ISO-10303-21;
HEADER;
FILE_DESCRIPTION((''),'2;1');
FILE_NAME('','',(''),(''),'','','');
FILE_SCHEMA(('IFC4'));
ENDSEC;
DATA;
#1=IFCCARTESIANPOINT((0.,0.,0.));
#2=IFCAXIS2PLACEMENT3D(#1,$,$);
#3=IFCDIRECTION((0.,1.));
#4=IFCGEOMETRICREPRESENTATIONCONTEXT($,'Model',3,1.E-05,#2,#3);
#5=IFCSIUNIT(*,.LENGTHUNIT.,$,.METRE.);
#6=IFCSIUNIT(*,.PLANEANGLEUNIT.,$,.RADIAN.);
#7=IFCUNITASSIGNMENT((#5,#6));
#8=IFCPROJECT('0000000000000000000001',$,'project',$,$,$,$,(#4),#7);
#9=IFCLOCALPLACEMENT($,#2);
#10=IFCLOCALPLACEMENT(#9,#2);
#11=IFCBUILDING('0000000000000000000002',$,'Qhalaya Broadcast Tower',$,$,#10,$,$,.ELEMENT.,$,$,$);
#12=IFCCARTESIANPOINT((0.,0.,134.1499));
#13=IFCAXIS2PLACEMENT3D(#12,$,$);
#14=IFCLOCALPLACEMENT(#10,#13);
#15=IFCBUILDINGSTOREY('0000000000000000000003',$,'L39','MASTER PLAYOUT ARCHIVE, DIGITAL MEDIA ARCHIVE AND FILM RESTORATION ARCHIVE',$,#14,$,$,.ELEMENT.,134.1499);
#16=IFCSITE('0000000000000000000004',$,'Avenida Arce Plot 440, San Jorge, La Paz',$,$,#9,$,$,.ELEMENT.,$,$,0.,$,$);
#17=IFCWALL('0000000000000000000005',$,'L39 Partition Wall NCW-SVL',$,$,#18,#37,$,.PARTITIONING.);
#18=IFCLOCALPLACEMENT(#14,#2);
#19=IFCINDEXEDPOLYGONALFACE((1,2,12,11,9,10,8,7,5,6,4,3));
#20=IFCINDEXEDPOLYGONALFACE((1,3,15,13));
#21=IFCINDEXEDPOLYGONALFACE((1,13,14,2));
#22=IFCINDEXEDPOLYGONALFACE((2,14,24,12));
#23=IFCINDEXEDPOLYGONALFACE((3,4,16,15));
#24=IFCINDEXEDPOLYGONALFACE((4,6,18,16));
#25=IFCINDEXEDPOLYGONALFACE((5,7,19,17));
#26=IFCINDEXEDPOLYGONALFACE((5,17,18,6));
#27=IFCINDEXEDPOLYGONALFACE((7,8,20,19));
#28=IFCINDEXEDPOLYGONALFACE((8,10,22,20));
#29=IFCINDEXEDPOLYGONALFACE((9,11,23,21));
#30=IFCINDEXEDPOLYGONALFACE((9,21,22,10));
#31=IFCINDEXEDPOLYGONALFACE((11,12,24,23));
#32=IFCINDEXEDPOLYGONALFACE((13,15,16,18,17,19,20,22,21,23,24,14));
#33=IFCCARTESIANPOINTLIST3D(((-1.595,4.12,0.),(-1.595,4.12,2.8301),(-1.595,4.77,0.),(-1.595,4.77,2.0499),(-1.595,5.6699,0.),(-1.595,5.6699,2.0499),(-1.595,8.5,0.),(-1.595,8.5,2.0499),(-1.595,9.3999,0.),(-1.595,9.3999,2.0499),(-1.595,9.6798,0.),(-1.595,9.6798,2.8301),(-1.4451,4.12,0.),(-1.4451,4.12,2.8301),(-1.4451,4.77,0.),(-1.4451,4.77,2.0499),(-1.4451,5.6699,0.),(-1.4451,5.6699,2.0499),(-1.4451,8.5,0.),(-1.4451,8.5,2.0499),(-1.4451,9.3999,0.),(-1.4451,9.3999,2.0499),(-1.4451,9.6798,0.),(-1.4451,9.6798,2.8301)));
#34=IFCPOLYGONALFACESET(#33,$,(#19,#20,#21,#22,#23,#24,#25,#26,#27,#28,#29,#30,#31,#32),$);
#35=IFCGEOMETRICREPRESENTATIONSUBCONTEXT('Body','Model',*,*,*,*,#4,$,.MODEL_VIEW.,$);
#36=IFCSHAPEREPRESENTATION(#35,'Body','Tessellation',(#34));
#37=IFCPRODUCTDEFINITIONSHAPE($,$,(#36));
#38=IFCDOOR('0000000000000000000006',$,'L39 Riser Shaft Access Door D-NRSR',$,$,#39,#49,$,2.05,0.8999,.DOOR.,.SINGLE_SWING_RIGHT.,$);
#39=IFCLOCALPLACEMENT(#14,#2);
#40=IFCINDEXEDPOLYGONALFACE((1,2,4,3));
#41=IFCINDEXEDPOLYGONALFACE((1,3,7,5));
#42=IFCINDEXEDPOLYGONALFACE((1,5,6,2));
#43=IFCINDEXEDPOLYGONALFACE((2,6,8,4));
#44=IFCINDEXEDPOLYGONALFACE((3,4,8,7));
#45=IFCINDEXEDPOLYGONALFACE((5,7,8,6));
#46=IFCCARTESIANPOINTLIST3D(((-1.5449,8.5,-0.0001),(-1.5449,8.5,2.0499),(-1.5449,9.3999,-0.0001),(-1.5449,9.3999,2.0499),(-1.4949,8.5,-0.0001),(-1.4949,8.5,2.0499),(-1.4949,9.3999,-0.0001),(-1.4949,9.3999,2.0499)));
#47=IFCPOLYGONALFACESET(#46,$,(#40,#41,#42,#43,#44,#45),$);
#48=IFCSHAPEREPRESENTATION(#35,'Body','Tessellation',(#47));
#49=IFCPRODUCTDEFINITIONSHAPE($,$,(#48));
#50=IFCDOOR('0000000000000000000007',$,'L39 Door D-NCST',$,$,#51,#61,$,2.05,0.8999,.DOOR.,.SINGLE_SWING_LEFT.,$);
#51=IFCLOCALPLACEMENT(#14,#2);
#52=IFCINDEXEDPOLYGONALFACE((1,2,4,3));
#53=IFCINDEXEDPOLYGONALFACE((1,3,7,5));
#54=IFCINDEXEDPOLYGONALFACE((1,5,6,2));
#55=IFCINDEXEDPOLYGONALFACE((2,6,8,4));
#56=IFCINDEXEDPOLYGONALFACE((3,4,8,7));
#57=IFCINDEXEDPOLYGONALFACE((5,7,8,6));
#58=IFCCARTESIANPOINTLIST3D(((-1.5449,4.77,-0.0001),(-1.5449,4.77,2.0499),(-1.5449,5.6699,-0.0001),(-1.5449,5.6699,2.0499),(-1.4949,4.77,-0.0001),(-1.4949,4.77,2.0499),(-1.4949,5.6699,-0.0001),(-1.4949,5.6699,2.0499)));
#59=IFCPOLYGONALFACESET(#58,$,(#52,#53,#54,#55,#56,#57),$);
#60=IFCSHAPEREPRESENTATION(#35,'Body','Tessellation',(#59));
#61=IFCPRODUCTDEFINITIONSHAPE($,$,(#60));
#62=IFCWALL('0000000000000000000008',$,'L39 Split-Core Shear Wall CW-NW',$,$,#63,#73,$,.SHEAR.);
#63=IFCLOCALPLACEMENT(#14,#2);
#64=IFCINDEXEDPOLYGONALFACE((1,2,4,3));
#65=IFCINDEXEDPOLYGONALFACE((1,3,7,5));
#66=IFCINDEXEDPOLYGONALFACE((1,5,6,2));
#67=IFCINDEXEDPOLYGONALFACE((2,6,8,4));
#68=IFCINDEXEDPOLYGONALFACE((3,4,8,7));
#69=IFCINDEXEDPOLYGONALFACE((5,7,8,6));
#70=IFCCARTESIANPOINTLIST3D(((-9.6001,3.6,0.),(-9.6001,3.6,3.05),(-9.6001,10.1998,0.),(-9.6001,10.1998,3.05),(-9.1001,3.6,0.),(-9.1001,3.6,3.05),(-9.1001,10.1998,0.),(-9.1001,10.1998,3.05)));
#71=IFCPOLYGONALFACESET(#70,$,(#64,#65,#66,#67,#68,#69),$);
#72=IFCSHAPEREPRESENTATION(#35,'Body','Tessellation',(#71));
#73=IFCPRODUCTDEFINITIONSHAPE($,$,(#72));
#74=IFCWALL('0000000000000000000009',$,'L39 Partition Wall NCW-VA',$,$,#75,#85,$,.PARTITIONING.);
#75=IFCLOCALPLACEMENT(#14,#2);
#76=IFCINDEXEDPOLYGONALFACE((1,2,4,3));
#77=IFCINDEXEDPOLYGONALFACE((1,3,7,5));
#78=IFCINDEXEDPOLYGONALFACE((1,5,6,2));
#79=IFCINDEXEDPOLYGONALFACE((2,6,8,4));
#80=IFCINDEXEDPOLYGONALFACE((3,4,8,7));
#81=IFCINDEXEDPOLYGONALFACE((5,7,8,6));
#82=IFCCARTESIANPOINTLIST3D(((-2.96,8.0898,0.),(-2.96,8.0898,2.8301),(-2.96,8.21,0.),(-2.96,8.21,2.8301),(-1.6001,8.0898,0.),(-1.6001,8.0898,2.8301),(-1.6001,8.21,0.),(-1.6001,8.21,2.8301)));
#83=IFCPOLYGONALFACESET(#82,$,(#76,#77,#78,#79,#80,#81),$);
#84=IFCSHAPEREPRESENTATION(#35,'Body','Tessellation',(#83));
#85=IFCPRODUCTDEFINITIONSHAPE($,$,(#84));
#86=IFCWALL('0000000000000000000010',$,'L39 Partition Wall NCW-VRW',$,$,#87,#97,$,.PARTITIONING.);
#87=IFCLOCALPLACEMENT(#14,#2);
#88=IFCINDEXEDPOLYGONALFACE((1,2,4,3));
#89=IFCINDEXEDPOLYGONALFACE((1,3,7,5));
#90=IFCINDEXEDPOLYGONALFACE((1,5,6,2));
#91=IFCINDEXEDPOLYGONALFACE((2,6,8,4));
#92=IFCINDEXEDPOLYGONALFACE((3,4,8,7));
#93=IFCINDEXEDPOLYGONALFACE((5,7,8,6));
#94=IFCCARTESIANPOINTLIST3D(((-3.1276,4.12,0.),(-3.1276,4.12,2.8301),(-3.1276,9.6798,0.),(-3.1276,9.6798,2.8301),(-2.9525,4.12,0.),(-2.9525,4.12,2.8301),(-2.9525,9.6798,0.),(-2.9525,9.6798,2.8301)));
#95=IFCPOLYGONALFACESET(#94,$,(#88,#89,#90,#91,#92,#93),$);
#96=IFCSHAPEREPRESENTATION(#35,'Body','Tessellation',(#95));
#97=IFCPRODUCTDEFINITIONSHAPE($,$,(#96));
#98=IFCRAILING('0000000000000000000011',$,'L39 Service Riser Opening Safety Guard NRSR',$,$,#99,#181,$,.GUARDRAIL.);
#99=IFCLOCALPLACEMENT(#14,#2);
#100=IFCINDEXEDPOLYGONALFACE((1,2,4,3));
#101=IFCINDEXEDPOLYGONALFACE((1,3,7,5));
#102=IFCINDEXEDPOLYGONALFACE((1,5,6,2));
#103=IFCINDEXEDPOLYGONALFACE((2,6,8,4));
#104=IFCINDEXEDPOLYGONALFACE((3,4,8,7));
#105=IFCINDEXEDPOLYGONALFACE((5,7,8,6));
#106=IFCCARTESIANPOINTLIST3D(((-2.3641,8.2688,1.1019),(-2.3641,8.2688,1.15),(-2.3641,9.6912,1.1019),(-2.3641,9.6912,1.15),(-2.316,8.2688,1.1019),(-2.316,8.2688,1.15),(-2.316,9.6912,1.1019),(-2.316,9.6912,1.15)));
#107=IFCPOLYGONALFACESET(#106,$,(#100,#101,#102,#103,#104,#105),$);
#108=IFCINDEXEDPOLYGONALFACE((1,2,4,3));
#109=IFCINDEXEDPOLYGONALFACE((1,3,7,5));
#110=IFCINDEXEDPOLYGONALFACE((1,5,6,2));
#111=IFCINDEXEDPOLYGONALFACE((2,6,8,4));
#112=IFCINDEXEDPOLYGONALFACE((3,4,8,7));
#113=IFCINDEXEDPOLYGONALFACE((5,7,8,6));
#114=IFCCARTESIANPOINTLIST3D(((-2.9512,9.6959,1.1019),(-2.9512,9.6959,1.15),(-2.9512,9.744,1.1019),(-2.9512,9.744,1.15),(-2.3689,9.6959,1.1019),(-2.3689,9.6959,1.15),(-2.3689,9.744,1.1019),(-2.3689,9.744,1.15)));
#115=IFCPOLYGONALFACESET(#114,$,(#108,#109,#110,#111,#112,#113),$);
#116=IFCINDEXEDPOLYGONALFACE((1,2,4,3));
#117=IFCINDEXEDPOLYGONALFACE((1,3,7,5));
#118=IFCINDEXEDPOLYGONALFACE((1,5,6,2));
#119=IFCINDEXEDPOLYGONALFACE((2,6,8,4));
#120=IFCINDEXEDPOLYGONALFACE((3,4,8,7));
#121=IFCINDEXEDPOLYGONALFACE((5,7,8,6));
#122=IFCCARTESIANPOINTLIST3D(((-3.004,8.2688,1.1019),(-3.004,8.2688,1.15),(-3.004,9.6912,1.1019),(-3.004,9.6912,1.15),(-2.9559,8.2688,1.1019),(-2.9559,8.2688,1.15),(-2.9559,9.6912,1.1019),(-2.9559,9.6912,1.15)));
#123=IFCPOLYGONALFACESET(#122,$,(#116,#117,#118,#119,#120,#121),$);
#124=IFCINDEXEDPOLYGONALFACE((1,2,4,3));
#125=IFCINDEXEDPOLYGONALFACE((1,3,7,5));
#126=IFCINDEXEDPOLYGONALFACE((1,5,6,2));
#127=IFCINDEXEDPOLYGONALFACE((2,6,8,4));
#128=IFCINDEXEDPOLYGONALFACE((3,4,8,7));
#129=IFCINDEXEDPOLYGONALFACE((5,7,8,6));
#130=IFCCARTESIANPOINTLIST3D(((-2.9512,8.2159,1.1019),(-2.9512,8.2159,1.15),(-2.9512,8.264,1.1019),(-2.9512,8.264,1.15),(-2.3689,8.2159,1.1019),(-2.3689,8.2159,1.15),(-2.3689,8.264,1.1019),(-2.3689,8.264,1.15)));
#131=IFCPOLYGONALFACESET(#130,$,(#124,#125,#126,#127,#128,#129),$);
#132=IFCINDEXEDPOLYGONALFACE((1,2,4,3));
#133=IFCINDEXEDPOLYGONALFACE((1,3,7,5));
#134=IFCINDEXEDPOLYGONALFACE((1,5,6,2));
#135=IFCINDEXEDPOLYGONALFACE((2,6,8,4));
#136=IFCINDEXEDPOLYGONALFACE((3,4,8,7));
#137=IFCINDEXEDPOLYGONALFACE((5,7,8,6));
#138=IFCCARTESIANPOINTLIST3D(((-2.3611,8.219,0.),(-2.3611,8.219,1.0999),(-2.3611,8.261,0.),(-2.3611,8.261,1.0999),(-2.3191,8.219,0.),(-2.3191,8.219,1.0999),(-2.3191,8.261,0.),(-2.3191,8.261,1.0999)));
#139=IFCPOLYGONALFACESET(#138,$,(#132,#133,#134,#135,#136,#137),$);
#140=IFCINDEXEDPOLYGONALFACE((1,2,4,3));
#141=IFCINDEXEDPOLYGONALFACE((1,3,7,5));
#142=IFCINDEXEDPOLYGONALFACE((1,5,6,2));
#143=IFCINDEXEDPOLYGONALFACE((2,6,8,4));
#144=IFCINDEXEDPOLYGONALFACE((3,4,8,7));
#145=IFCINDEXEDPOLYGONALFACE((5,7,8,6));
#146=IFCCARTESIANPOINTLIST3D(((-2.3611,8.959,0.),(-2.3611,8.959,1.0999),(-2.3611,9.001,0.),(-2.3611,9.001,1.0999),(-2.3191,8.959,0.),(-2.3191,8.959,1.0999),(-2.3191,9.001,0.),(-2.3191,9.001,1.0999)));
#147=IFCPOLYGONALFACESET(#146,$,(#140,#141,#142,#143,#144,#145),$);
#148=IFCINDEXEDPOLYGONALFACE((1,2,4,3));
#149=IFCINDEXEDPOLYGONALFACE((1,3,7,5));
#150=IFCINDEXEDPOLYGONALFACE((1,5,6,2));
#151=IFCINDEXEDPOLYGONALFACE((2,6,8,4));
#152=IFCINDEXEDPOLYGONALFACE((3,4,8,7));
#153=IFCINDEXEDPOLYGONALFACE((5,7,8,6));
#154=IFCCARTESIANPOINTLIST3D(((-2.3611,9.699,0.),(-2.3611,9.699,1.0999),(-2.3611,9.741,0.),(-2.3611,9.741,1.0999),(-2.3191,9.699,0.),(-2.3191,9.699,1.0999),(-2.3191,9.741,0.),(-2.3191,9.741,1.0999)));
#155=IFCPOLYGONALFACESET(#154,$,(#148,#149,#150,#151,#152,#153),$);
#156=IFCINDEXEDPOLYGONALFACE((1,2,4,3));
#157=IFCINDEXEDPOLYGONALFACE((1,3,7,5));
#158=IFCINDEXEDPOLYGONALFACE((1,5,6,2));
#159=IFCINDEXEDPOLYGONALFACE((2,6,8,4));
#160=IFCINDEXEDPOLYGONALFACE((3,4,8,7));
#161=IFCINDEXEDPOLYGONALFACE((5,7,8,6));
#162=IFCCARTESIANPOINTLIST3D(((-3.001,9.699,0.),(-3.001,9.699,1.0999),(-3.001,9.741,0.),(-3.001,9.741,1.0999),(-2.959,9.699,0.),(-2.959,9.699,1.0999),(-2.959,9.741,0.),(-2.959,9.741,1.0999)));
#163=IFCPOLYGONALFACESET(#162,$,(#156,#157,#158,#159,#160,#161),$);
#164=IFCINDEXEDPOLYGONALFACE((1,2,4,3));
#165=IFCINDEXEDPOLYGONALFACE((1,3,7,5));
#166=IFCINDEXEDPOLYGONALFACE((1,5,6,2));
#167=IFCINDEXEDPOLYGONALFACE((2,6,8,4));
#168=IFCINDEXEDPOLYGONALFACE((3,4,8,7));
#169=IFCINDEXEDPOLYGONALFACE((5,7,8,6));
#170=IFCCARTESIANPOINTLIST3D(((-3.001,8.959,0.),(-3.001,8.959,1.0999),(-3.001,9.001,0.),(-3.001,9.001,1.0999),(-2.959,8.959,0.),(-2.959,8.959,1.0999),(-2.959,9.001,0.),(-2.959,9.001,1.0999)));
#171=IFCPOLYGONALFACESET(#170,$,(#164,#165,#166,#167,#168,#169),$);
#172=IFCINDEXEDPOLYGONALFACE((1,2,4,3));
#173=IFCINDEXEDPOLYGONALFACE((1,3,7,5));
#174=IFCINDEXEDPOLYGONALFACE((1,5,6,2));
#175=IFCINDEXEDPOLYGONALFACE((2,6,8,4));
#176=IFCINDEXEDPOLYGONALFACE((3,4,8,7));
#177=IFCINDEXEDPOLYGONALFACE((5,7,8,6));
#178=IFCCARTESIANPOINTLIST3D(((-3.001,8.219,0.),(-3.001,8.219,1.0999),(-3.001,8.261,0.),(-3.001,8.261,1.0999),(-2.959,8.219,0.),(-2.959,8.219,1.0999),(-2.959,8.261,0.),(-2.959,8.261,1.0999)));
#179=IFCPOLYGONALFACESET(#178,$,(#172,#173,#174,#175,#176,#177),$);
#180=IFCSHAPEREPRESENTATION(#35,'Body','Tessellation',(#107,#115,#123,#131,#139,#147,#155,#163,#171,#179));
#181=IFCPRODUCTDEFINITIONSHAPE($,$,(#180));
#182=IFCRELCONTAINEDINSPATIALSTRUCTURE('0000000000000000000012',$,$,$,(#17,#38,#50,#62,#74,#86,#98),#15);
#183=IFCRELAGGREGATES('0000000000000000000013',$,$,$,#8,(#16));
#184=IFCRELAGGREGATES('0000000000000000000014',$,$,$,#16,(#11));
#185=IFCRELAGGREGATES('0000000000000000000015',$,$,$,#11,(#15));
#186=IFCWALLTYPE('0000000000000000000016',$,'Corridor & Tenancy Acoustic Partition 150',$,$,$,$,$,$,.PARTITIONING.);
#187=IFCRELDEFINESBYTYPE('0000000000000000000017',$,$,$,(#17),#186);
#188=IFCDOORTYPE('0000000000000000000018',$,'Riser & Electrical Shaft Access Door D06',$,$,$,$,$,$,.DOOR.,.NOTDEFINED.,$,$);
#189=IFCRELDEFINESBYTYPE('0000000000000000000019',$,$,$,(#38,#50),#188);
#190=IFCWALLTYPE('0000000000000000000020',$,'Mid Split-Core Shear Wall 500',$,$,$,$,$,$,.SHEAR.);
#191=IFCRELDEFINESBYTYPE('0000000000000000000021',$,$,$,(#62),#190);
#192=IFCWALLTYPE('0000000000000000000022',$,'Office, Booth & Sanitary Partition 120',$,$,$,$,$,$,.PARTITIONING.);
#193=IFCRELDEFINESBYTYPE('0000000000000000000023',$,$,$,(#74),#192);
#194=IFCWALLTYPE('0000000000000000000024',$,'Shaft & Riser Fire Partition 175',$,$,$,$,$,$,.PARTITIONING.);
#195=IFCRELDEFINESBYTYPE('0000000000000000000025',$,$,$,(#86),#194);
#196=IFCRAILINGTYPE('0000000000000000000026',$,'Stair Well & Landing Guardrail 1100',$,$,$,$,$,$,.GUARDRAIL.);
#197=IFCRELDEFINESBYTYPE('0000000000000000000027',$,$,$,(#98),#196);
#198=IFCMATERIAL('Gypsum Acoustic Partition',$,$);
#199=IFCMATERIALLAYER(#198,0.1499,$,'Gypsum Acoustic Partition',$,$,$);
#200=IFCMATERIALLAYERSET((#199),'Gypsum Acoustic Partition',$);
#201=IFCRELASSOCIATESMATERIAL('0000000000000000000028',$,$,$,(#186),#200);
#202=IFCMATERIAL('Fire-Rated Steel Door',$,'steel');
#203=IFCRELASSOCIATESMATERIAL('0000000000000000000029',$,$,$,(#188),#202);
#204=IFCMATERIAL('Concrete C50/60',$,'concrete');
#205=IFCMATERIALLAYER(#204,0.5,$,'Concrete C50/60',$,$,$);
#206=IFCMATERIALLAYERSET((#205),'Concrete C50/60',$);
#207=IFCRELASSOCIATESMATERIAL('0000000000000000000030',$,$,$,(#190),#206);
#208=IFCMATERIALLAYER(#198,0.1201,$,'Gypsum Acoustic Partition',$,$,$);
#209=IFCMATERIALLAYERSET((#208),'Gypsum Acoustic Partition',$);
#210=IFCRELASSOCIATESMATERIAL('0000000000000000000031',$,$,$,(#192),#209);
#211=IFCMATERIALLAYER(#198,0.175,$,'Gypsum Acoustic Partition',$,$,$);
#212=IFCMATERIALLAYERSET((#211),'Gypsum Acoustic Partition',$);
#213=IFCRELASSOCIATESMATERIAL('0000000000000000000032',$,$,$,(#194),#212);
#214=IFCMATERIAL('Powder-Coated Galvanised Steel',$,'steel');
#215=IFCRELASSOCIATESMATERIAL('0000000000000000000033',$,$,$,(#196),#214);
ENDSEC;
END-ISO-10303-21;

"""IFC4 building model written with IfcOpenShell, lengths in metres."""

from ifc_helpers import new_model, si_unit, direction, frame, frame_2d, origin, origin_2d, place, context, subcontext, project, spatial, rectangle, extrude, material, layer, layer_set, type_object, element, fill, save


model = new_model("IFC4")

# Units and contexts
model_context = context("Model", 3, precision=1e-05, world=origin(), true_north=direction((0.0, 1.0)))
body_context = subcontext(model_context, "Body", "Model", "MODEL_VIEW")
ifc_project = project(units=[si_unit("LENGTHUNIT", "METRE"), si_unit("PLANEANGLEUNIT", "RADIAN")], contexts=[model_context])

# Site, building, storey
site_placement = place(None, origin())
site = spatial("IfcSite", under=ifc_project, at=site_placement, Name="Avenida Arce Plot 440, San Jorge, La Paz", CompositionType="ELEMENT", RefElevation=0.0)
building_placement = place(site_placement, origin())
building = spatial("IfcBuilding", under=site, at=building_placement, Name="Qhalaya Broadcast Tower", CompositionType="ELEMENT")
storey_placement = place(building_placement, frame((0.0, 0.0, 134.1499)))
storey = spatial("IfcBuildingStorey", under=building, at=storey_placement, Name="L39", Description="MASTER PLAYOUT ARCHIVE, DIGITAL MEDIA ARCHIVE AND FILM RESTORATION ARCHIVE", CompositionType="ELEMENT", Elevation=134.1499)

# Shared definitions
ifc_material_1 = material(Name="Concrete C50/60", Category="concrete")

# Wall, openings, doors
ifc_material_2 = material(Name="Gypsum Acoustic Partition")
ifc_layer_1 = layer(ifc_material_2, 0.1499, Name="Gypsum Acoustic Partition")
ifc_layer_set_1 = layer_set([ifc_layer_1], Name="Gypsum Acoustic Partition")
wall_type_1 = type_object("IfcWallType", Name="Corridor & Tenancy Acoustic Partition 150", PredefinedType="PARTITIONING", material=ifc_layer_set_1)
wall_1_placement = place(storey_placement, frame((-1.52, 4.1201, 0.0), z_axis=(0.0, 0.0, 1.0), x_axis=(0.0, 1.0, 0.0)))
wall_1 = element("IfcWall", 1, at=wall_1_placement, inside=storey, type_object=wall_type_1, Name="L39 Partition Wall NCW-SVL", PredefinedType="PARTITIONING", context=body_context, shape_type="SweptSolid", body=[
    extrude(rectangle(XDim=5.5598, YDim=0.1499, at=frame_2d((2.7798, 0.0))), origin(), (0.0, 0.0, 1.0), 2.8301),
])
opening_1_placement = place(wall_1_placement, frame((4.3799, 0.0, 0.0)))
opening_1 = element("IfcOpeningElement", 2, at=opening_1_placement, cuts=wall_1, PredefinedType="OPENING", context=body_context, shape_type="SweptSolid", body=[
    extrude(rectangle(XDim=0.8999, YDim=2.05, at=frame_2d((0.45, 1.0249))), frame((0.0, 0.0869, 0.0), z_axis=(0.0, -1.0, 0.0), x_axis=(1.0, 0.0, 0.0)), (0.0, 0.0, 1.0), 0.1738),
])
opening_2_placement = place(wall_1_placement, frame((0.6499, 0.0, 0.0)))
opening_2 = element("IfcOpeningElement", 3, at=opening_2_placement, cuts=wall_1, PredefinedType="OPENING", context=body_context, shape_type="SweptSolid", body=[
    extrude(rectangle(XDim=0.8999, YDim=2.05, at=frame_2d((0.45, 1.0249))), frame((0.0, 0.0869, 0.0), z_axis=(0.0, -1.0, 0.0), x_axis=(1.0, 0.0, 0.0)), (0.0, 0.0, 1.0), 0.1738),
])
ifc_material_3 = material(Name="Fire-Rated Steel Door", Category="steel")
door_type_1 = type_object("IfcDoorType", Name="Riser & Electrical Shaft Access Door D06", OperationType="NOTDEFINED", PredefinedType="DOOR", material=ifc_material_3)
door_1_placement = place(opening_1_placement, origin())
door_1 = element("IfcDoor", 4, at=door_1_placement, inside=storey, type_object=door_type_1, Name="L39 Riser Shaft Access Door D-NRSR", OperationType="SINGLE_SWING_RIGHT", OverallHeight=2.05, OverallWidth=0.8999, PredefinedType="DOOR", context=body_context, shape_type="SweptSolid", body=[
    extrude(rectangle(XDim=0.8999, YDim=2.05, at=frame_2d((0.45, 1.0249))), frame((0.0, 0.0249, 0.0), z_axis=(0.0, -1.0, 0.0), x_axis=(1.0, 0.0, 0.0)), (0.0, 0.0, 1.0), 0.05),
])
fill(opening_1, door_1)
door_2_placement = place(opening_2_placement, origin())
door_2 = element("IfcDoor", 5, at=door_2_placement, inside=storey, type_object=door_type_1, Name="L39 Door D-NCST", OperationType="SINGLE_SWING_LEFT", OverallHeight=2.05, OverallWidth=0.8999, PredefinedType="DOOR", context=body_context, shape_type="SweptSolid", body=[
    extrude(rectangle(XDim=0.8999, YDim=2.05, at=frame_2d((0.45, 1.0249))), frame((0.0, 0.0249, 0.0), z_axis=(0.0, -1.0, 0.0), x_axis=(1.0, 0.0, 0.0)), (0.0, 0.0, 1.0), 0.05),
])
fill(opening_2, door_2)

# Walls
ifc_layer_2 = layer(ifc_material_1, 0.5, Name="Concrete C50/60")
ifc_layer_set_2 = layer_set([ifc_layer_2], Name="Concrete C50/60")
wall_type_2 = type_object("IfcWallType", Name="Mid Split-Core Shear Wall 500", PredefinedType="SHEAR", material=ifc_layer_set_2)
wall_2_placement = place(storey_placement, frame((-9.3501, 3.6001, 0.0), z_axis=(0.0, 0.0, 1.0), x_axis=(0.0, 1.0, 0.0)))
element("IfcWall", 6, at=wall_2_placement, inside=storey, type_object=wall_type_2, Name="L39 Split-Core Shear Wall CW-NW", PredefinedType="SHEAR", context=body_context, shape_type="SweptSolid", body=[
    extrude(rectangle(XDim=6.5999, YDim=0.5, at=frame_2d((3.2998, 0.0))), origin(), (0.0, 0.0, 1.0), 3.05),
])
ifc_layer_3 = layer(ifc_material_2, 0.1201, Name="Gypsum Acoustic Partition")
ifc_layer_set_3 = layer_set([ifc_layer_3], Name="Gypsum Acoustic Partition")
wall_type_3 = type_object("IfcWallType", Name="Office, Booth & Sanitary Partition 120", PredefinedType="PARTITIONING", material=ifc_layer_set_3)
wall_3_placement = place(storey_placement, frame((-2.96, 8.1499, 0.0), z_axis=(0.0, 0.0, 1.0), x_axis=(1.0, 0.0, 0.0)))
element("IfcWall", 7, at=wall_3_placement, inside=storey, type_object=wall_type_3, Name="L39 Partition Wall NCW-VA", PredefinedType="PARTITIONING", context=body_context, shape_type="SweptSolid", body=[
    extrude(rectangle(XDim=1.3599, YDim=0.1201, at=frame_2d((0.6799, 0.0))), origin(), (0.0, 0.0, 1.0), 2.8301),
])

# Shared definitions
ifc_layer_4 = layer(ifc_material_2, 0.175, Name="Gypsum Acoustic Partition")
ifc_layer_set_4 = layer_set([ifc_layer_4], Name="Gypsum Acoustic Partition")
wall_type_4 = type_object("IfcWallType", Name="Shaft & Riser Fire Partition 175", PredefinedType="PARTITIONING", material=ifc_layer_set_4)

# Wall
wall_4_placement = place(storey_placement, frame((-3.04, 4.1201, 0.0), z_axis=(0.0, 0.0, 1.0), x_axis=(0.0, 1.0, 0.0)))
element("IfcWall", 8, at=wall_4_placement, inside=storey, type_object=wall_type_4, Name="L39 Partition Wall NCW-VRW", PredefinedType="PARTITIONING", context=body_context, shape_type="SweptSolid", body=[
    extrude(rectangle(XDim=5.5598, YDim=0.175, at=frame_2d((2.7798, 0.0))), origin(), (0.0, 0.0, 1.0), 2.8301),
])

# Railing
ifc_material_4 = material(Name="Powder-Coated Galvanised Steel", Category="steel")
railing_type = type_object("IfcRailingType", Name="Stair Well & Landing Guardrail 1100", PredefinedType="GUARDRAIL", material=ifc_material_4)
railing_placement = place(storey_placement, frame((-2.3401, 8.24, 0.0)))
element("IfcRailing", 9, at=railing_placement, inside=storey, type_object=railing_type, Name="L39 Service Riser Opening Safety Guard NRSR", PredefinedType="GUARDRAIL", context=body_context, shape_type="SweptSolid", body=[
    extrude(rectangle(XDim=0.0481, YDim=0.0481, at=origin_2d()), frame((0.0, 0.0288, 1.126), z_axis=(0.0, 1.0, 0.0), x_axis=(-1.0, 0.0, 0.0)), (0.0, 0.0, 1.0), 1.4224),
    extrude(rectangle(XDim=0.0481, YDim=0.0481, at=origin_2d()), frame((-0.0288, 1.48, 1.126), z_axis=(-1.0, 0.0, 0.0), x_axis=(0.0, -1.0, 0.0)), (0.0, 0.0, 1.0), 0.5823),
    extrude(rectangle(XDim=0.0481, YDim=0.0481, at=origin_2d()), frame((-0.6399, 1.4512, 1.126), z_axis=(0.0, -1.0, 0.0), x_axis=(1.0, 0.0, 0.0)), (0.0, 0.0, 1.0), 1.4224),
    extrude(rectangle(XDim=0.0481, YDim=0.0481, at=origin_2d()), frame((-0.6111, 0.0, 1.126), z_axis=(1.0, 0.0, 0.0), x_axis=(0.0, 1.0, 0.0)), (0.0, 0.0, 1.0), 0.5823),
    extrude(rectangle(XDim=0.042, YDim=0.042, at=origin_2d()), origin(), (0.0, 0.0, 1.0), 1.0999),
    extrude(rectangle(XDim=0.042, YDim=0.042, at=origin_2d()), frame((0.0, 0.74, 0.0)), (0.0, 0.0, 1.0), 1.0999),
    extrude(rectangle(XDim=0.042, YDim=0.042, at=origin_2d()), frame((0.0, 1.48, 0.0)), (0.0, 0.0, 1.0), 1.0999),
    extrude(rectangle(XDim=0.042, YDim=0.042, at=origin_2d()), frame((-0.6399, 1.48, 0.0)), (0.0, 0.0, 1.0), 1.0999),
    extrude(rectangle(XDim=0.042, YDim=0.042, at=origin_2d()), frame((-0.6399, 0.74, 0.0)), (0.0, 0.0, 1.0), 1.0999),
    extrude(rectangle(XDim=0.042, YDim=0.042, at=origin_2d()), frame((-0.6399, 0.0, 0.0)), (0.0, 0.0, 1.0), 1.0999),
])

save(model, "model.ifc")
